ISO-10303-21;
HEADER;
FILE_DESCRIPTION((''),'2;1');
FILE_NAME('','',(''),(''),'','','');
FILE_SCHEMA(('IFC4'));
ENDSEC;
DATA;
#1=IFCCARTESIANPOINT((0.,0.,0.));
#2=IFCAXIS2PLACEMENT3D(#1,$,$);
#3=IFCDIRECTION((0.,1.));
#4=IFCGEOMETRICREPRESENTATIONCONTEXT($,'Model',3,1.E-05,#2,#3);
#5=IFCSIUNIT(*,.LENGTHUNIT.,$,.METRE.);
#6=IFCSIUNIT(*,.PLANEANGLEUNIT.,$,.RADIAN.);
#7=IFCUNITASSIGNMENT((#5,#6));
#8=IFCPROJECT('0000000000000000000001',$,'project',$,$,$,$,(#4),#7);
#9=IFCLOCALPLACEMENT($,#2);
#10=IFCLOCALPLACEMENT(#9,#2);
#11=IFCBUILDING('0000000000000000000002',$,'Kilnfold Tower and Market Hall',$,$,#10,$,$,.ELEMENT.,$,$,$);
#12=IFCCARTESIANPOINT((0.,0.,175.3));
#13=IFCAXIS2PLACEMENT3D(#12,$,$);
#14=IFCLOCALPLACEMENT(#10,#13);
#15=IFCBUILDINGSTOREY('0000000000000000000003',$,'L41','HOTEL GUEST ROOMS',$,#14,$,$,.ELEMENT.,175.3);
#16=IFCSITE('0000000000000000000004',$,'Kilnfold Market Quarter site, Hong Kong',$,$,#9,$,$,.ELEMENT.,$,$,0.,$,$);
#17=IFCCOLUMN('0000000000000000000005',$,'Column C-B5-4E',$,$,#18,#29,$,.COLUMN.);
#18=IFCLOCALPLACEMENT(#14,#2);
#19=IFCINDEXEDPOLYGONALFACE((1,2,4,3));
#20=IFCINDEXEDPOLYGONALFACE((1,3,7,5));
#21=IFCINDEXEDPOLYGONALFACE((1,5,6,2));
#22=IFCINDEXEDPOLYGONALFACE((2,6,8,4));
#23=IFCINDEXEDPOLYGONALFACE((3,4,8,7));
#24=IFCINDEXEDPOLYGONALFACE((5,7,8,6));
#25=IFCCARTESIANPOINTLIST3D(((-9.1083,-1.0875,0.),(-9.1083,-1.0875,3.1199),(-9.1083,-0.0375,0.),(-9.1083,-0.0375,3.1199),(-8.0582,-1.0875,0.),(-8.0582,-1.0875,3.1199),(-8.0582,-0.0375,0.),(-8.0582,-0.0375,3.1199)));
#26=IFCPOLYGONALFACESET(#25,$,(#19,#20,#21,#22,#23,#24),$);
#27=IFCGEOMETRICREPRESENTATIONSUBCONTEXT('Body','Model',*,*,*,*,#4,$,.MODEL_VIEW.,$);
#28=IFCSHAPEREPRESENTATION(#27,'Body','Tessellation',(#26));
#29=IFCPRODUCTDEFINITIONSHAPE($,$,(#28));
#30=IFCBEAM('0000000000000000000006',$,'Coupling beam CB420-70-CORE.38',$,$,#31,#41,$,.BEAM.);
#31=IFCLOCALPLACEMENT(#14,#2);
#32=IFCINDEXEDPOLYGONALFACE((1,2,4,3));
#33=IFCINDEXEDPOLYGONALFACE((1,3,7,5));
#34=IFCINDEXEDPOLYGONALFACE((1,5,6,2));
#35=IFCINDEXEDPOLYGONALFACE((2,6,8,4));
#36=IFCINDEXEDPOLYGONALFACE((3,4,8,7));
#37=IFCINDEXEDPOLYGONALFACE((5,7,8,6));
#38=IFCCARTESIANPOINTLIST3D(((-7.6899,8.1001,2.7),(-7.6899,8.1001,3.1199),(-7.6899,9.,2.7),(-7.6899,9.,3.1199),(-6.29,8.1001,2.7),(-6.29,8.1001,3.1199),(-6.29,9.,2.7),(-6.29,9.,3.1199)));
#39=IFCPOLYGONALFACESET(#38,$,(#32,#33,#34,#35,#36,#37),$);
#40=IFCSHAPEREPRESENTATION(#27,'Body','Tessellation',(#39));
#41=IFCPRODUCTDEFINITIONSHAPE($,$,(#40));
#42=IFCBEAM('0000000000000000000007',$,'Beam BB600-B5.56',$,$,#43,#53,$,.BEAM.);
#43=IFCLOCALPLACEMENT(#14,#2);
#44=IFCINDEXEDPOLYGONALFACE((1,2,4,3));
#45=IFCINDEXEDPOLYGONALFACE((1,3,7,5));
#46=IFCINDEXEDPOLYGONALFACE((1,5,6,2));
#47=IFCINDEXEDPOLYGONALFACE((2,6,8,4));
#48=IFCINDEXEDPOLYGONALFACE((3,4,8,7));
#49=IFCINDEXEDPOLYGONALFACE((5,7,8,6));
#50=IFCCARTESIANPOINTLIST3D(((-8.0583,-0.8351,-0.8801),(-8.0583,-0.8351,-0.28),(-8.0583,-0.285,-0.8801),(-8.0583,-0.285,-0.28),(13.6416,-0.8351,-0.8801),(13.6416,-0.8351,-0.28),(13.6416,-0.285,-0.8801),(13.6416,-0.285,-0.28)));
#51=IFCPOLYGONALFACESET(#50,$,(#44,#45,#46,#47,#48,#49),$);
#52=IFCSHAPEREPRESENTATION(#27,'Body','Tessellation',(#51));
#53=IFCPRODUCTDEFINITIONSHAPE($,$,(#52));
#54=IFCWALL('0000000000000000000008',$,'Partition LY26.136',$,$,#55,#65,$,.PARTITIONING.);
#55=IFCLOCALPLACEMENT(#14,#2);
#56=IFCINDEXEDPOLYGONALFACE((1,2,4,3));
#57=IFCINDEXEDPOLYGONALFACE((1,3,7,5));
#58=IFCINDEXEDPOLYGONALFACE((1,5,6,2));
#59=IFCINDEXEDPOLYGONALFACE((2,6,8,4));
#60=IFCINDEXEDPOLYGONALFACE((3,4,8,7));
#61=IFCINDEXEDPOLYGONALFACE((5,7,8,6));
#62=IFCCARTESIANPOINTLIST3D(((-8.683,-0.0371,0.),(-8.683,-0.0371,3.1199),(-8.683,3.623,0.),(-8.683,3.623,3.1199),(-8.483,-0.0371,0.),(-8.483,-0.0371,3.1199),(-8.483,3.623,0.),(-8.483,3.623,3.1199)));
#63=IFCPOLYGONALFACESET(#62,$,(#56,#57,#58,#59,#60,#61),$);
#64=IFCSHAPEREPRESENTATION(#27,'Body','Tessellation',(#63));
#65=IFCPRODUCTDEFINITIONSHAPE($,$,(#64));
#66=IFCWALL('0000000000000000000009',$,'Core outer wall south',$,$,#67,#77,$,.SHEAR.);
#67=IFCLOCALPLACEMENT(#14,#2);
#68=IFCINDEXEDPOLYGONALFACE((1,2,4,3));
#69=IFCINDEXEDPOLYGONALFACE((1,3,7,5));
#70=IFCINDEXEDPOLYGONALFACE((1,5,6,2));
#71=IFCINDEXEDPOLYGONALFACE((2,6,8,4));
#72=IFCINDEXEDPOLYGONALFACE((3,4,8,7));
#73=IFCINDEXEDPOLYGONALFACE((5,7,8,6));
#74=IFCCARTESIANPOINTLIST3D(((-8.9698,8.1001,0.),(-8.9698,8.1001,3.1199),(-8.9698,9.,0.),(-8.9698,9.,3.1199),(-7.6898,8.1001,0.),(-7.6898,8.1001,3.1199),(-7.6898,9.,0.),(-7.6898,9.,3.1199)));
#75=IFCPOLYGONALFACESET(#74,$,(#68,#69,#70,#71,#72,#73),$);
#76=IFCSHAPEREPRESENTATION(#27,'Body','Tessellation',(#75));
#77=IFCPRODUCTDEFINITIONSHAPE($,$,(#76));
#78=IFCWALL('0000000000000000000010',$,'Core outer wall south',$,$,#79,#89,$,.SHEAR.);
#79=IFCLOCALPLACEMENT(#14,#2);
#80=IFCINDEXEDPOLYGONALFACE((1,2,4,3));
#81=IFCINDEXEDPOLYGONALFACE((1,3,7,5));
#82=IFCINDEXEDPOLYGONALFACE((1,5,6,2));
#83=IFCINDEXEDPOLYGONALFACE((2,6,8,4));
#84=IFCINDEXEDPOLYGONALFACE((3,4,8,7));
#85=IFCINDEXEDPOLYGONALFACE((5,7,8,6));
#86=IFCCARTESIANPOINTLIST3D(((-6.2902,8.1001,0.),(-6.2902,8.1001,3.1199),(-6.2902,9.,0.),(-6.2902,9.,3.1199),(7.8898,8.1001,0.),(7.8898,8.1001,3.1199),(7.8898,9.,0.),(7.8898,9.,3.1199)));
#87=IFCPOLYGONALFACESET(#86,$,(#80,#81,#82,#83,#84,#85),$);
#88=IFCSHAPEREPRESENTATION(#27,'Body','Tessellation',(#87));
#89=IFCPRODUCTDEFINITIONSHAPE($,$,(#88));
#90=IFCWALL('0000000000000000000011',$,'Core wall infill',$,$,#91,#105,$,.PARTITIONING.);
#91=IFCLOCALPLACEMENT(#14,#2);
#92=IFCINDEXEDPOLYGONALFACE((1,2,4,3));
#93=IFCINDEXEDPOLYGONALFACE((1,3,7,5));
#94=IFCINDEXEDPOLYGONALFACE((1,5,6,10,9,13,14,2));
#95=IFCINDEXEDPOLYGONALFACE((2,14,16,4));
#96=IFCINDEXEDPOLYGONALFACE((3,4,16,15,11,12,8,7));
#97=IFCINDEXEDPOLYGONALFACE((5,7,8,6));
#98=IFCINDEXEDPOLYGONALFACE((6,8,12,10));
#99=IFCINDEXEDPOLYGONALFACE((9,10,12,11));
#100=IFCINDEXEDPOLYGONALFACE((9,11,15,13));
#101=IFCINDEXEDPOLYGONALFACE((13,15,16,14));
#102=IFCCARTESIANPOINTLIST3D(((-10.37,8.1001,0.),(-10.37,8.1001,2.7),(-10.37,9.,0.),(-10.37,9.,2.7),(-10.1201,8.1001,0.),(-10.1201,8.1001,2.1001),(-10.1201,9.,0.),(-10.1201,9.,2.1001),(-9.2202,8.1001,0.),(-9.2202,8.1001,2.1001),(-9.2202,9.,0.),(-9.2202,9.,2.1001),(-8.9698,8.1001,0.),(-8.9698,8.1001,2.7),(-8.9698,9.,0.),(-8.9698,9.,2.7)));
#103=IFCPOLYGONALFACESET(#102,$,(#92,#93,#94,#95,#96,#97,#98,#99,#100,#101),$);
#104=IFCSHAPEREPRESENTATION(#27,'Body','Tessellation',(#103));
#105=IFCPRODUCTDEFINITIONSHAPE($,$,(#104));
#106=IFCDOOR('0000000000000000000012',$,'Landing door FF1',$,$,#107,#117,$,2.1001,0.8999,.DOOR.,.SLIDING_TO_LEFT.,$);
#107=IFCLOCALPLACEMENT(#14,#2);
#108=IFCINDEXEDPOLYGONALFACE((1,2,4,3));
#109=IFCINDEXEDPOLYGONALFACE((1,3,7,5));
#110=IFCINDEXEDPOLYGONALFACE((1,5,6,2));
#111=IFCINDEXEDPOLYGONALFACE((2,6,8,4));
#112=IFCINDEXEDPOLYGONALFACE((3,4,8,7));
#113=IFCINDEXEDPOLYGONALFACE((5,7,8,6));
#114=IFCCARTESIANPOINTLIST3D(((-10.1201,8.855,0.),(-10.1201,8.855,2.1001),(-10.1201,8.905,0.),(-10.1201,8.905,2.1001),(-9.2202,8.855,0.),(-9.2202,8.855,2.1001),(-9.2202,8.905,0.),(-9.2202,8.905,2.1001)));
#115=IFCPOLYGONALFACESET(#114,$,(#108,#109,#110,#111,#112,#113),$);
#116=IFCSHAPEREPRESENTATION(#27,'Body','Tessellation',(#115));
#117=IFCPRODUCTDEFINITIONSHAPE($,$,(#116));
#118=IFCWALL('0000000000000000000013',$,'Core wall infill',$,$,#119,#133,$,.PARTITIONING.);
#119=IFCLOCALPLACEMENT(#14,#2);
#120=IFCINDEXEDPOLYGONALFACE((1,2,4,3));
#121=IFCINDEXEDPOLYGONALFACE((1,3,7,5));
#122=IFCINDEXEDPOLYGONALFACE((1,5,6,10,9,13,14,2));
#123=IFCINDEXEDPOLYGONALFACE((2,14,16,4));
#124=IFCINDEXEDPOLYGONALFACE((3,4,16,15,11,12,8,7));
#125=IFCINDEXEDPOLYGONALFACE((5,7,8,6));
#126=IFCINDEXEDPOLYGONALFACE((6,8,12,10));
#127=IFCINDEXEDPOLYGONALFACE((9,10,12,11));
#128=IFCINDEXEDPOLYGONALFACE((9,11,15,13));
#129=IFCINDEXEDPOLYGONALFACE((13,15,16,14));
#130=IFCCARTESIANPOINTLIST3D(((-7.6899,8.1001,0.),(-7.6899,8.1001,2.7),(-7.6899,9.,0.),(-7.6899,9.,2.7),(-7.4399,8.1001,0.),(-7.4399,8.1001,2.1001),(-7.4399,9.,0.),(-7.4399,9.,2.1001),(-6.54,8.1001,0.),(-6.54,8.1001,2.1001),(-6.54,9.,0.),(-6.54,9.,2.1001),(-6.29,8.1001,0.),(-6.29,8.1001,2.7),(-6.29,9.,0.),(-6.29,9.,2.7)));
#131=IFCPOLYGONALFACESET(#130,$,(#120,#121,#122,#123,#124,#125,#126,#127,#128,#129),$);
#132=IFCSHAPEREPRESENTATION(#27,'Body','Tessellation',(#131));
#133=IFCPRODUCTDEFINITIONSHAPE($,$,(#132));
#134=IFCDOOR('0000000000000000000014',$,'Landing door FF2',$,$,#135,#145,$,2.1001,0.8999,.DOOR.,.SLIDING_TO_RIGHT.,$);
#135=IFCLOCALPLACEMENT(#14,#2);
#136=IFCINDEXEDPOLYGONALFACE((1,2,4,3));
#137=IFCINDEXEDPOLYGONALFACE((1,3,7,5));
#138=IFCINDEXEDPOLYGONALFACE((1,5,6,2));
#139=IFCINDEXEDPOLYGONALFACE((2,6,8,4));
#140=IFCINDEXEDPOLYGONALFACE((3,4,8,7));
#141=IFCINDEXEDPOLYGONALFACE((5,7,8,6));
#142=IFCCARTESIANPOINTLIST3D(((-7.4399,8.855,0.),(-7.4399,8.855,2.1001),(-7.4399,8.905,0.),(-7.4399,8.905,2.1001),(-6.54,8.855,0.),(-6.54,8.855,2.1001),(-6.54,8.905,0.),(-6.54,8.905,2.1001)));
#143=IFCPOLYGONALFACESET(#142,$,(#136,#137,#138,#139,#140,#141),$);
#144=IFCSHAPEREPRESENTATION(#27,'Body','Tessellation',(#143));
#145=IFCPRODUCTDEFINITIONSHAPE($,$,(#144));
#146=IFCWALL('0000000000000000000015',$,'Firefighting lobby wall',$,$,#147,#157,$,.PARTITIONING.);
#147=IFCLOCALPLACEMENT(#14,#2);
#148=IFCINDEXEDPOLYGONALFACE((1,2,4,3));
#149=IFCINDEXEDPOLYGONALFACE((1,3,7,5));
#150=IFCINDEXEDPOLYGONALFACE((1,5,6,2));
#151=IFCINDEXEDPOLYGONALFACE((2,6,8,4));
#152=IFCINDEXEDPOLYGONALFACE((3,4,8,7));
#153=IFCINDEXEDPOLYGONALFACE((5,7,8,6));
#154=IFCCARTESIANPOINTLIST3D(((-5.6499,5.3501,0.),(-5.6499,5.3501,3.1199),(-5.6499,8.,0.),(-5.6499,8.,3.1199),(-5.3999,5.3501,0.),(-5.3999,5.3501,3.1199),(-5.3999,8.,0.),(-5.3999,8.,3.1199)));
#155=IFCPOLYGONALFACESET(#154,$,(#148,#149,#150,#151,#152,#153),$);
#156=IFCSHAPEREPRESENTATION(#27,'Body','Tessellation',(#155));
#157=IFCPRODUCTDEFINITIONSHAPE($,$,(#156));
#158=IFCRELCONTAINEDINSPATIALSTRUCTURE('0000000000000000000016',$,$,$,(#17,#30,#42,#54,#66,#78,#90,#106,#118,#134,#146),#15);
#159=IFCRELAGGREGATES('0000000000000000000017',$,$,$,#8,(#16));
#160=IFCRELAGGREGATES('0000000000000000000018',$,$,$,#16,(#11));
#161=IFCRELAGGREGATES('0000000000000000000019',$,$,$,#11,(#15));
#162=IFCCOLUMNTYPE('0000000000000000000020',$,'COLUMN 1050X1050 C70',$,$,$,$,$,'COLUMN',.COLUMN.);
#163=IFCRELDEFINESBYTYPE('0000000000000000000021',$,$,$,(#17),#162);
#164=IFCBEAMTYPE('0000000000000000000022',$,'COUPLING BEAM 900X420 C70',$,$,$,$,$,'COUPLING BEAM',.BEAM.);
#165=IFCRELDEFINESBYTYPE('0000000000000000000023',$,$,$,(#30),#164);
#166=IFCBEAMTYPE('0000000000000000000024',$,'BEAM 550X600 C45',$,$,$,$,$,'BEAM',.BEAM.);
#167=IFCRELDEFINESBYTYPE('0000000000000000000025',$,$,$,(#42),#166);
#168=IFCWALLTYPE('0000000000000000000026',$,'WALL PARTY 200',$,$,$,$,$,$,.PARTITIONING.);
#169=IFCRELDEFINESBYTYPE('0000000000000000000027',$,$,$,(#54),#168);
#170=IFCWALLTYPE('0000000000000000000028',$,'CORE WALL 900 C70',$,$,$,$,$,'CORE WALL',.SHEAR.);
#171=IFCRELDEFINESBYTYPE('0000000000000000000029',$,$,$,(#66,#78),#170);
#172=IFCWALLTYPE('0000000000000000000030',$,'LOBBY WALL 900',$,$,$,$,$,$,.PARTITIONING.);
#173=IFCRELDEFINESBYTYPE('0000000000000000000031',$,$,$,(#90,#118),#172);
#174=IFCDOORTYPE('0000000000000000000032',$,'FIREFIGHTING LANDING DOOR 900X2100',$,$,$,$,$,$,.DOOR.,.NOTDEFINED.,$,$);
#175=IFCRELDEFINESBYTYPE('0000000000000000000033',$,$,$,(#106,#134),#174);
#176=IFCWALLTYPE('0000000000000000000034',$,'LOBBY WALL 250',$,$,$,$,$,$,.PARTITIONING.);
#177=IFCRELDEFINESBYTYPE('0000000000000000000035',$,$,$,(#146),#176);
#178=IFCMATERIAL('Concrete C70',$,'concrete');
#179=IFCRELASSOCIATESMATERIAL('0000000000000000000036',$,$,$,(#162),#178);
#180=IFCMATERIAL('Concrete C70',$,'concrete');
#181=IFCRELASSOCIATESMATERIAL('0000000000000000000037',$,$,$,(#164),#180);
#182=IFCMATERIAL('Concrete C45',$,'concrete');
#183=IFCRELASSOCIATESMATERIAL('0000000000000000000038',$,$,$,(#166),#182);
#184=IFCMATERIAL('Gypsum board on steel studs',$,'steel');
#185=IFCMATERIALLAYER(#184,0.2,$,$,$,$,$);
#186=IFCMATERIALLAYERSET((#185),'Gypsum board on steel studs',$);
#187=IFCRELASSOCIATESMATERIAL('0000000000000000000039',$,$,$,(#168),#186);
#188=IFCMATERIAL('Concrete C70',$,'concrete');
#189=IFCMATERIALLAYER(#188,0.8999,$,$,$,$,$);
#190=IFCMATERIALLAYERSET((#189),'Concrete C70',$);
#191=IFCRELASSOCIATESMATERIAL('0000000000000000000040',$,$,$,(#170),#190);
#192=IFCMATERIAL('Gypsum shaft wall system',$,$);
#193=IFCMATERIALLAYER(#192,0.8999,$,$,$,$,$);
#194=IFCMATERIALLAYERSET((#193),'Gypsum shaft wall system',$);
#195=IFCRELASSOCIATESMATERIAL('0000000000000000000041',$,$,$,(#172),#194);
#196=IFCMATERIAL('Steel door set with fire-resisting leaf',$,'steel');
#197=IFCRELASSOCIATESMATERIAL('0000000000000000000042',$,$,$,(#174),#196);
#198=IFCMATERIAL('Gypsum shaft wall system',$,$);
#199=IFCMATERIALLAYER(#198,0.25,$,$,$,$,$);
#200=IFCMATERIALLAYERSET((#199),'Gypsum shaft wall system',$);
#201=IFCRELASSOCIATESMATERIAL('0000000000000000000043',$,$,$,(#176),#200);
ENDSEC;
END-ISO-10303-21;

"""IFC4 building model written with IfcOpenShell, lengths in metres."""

from ifc_helpers import new_model, si_unit, direction, frame, frame_2d, origin, origin_2d, place, context, subcontext, project, spatial, rectangle, extrude, source, transform, mapped, material, layer, layer_set, material_profile, profile_set, type_object, element, fill, save


model = new_model("IFC4")

# Units and contexts
model_context = context("Model", 3, precision=1e-05, world=origin(), true_north=direction((0.0, 1.0)))
body_context = subcontext(model_context, "Body", "Model", "MODEL_VIEW")
ifc_project = project(units=[si_unit("LENGTHUNIT", "METRE"), si_unit("PLANEANGLEUNIT", "RADIAN")], contexts=[model_context])

# Site, building, storey
site_placement = place(None, origin())
site = spatial("IfcSite", under=ifc_project, at=site_placement, Name="Kilnfold Market Quarter site, Hong Kong", CompositionType="ELEMENT", RefElevation=0.0)
building_placement = place(site_placement, origin())
building = spatial("IfcBuilding", under=site, at=building_placement, Name="Kilnfold Tower and Market Hall", CompositionType="ELEMENT")
storey_placement = place(building_placement, frame((0.0, 0.0, 175.3)))
storey = spatial("IfcBuildingStorey", under=building, at=storey_placement, Name="L41", Description="HOTEL GUEST ROOMS", CompositionType="ELEMENT", Elevation=175.3)

# Column
ifc_material_1 = material(Name="Concrete C70", Category="concrete")
ifc_material_profile_1 = material_profile(ifc_material_1, rectangle(XDim=1.05, YDim=1.05, at=origin_2d()), Name="RC 1050x1050")
ifc_profile_set_1 = profile_set([ifc_material_profile_1], Name="Concrete C70")
column_type = type_object("IfcColumnType", Name="COLUMN 1050X1050 C70", ElementType="COLUMN", PredefinedType="COLUMN", material=ifc_profile_set_1)
shared_shape_1 = source(origin(), body_context, "Body", "SweptSolid", [
    extrude(rectangle(XDim=1.05, YDim=1.05, at=origin_2d()), origin(), (0.0, 0.0, 1.0), 3.1199),
])
column_placement = place(storey_placement, frame((-8.5833, -0.5625, 0.0), z_axis=(0.0, 0.0, 1.0), x_axis=(1.0, 0.0, 0.0)))
element("IfcColumn", 1, at=column_placement, inside=storey, type_object=column_type, Name="Column C-B5-4E", PredefinedType="COLUMN", context=body_context, shape_type="MappedRepresentation", body=[
    mapped(shared_shape_1, transform((0.0, 0.0, 0.0))),
])

# Beams
ifc_material_2 = material(Name="Concrete C70", Category="concrete")
ifc_material_profile_2 = material_profile(ifc_material_2, rectangle(XDim=0.8999, YDim=0.4199, at=origin_2d()), Name="RC 900x420")
ifc_profile_set_2 = profile_set([ifc_material_profile_2], Name="Concrete C70")
beam_type_1 = type_object("IfcBeamType", Name="COUPLING BEAM 900X420 C70", ElementType="COUPLING BEAM", PredefinedType="BEAM", material=ifc_profile_set_2)
shared_shape_2 = source(origin(), body_context, "Body", "SweptSolid", [
    extrude(rectangle(XDim=0.8999, YDim=0.4199, at=origin_2d()), origin(), (0.0, 0.0, 1.0), 1.3999),
])
beam_1_placement = place(storey_placement, frame((-7.6899, 8.55, 2.9099), z_axis=(1.0, 0.0, 0.0), x_axis=(0.0, 1.0, 0.0)))
element("IfcBeam", 2, at=beam_1_placement, inside=storey, type_object=beam_type_1, Name="Coupling beam CB420-70-CORE.38", PredefinedType="BEAM", context=body_context, shape_type="MappedRepresentation", body=[
    mapped(shared_shape_2, transform((0.0, 0.0, 0.0))),
])
ifc_material_3 = material(Name="Concrete C45", Category="concrete")
ifc_material_profile_3 = material_profile(ifc_material_3, rectangle(XDim=0.55, YDim=0.6001, at=origin_2d()), Name="RC 550x600")
ifc_profile_set_3 = profile_set([ifc_material_profile_3], Name="Concrete C45")
beam_type_2 = type_object("IfcBeamType", Name="BEAM 550X600 C45", ElementType="BEAM", PredefinedType="BEAM", material=ifc_profile_set_3)
shared_shape_3 = source(origin(), body_context, "Body", "SweptSolid", [
    extrude(rectangle(XDim=0.55, YDim=0.6001, at=origin_2d()), origin(), (0.0, 0.0, 1.0), 21.7),
])
beam_2_placement = place(storey_placement, frame((-8.0583, -0.5601, -0.5801), z_axis=(1.0, 0.0, 0.0), x_axis=(0.0, 1.0, 0.0)))
element("IfcBeam", 3, at=beam_2_placement, inside=storey, type_object=beam_type_2, Name="Beam BB600-B5.56", PredefinedType="BEAM", context=body_context, shape_type="MappedRepresentation", body=[
    mapped(shared_shape_3, transform((0.0, 0.0, 0.0))),
])

# Walls
ifc_material_4 = material(Name="Gypsum board on steel studs", Category="steel")
ifc_layer_1 = layer(ifc_material_4, 0.2)
ifc_layer_set_1 = layer_set([ifc_layer_1], Name="Gypsum board on steel studs")
wall_type_1 = type_object("IfcWallType", Name="WALL PARTY 200", PredefinedType="PARTITIONING", material=ifc_layer_set_1)
wall_1_placement = place(storey_placement, frame((-8.583, -0.0371, 0.0), z_axis=(0.0, 0.0, 1.0), x_axis=(0.0, 1.0, 0.0)))
element("IfcWall", 4, at=wall_1_placement, inside=storey, type_object=wall_type_1, Name="Partition LY26.136", PredefinedType="PARTITIONING", context=body_context, shape_type="SweptSolid", body=[
    extrude(rectangle(XDim=3.6602, YDim=0.2, at=frame_2d((1.8301, 0.0))), origin(), (0.0, 0.0, 1.0), 3.1199),
])
ifc_material_5 = material(Name="Concrete C70", Category="concrete")
ifc_layer_2 = layer(ifc_material_5, 0.8999)
ifc_layer_set_2 = layer_set([ifc_layer_2], Name="Concrete C70")
wall_type_2 = type_object("IfcWallType", Name="CORE WALL 900 C70", ElementType="CORE WALL", PredefinedType="SHEAR", material=ifc_layer_set_2)
shared_shape_4 = source(origin(), body_context, "Body", "SweptSolid", [
    extrude(rectangle(XDim=1.28, YDim=0.8999, at=frame_2d((0.6401, 0.0))), origin(), (0.0, 0.0, 1.0), 3.1199),
])
wall_2_placement = place(storey_placement, frame((-8.97, 8.55, 0.0), z_axis=(0.0, 0.0, 1.0), x_axis=(1.0, 0.0, 0.0)))
element("IfcWall", 5, at=wall_2_placement, inside=storey, type_object=wall_type_2, Name="Core outer wall south", PredefinedType="SHEAR", context=body_context, shape_type="MappedRepresentation", body=[
    mapped(shared_shape_4, transform((0.0, 0.0, 0.0))),
])
shared_shape_5 = source(origin(), body_context, "Body", "SweptSolid", [
    extrude(rectangle(XDim=14.1799, YDim=0.8999, at=frame_2d((7.0898, 0.0))), origin(), (0.0, 0.0, 1.0), 3.1199),
])
wall_3_placement = place(storey_placement, frame((-6.29, 8.55, 0.0), z_axis=(0.0, 0.0, 1.0), x_axis=(1.0, 0.0, 0.0)))
element("IfcWall", 6, at=wall_3_placement, inside=storey, type_object=wall_type_2, Name="Core outer wall south", PredefinedType="SHEAR", context=body_context, shape_type="MappedRepresentation", body=[
    mapped(shared_shape_5, transform((0.0, 0.0, 0.0))),
])

# Walls, openings, doors
ifc_material_6 = material(Name="Gypsum shaft wall system")
ifc_layer_3 = layer(ifc_material_6, 0.8999)
ifc_layer_set_3 = layer_set([ifc_layer_3], Name="Gypsum shaft wall system")
wall_type_3 = type_object("IfcWallType", Name="LOBBY WALL 900", PredefinedType="PARTITIONING", material=ifc_layer_set_3)
shared_shape_6 = source(origin(), body_context, "Body", "SweptSolid", [
    extrude(rectangle(XDim=1.4001, YDim=0.8999, at=frame_2d((0.7002, 0.0))), origin(), (0.0, 0.0, 1.0), 2.7),
])
wall_4_placement = place(storey_placement, frame((-10.3701, 8.55, 0.0), z_axis=(0.0, 0.0, 1.0), x_axis=(1.0, 0.0, 0.0)))
wall_4 = element("IfcWall", 7, at=wall_4_placement, inside=storey, type_object=wall_type_3, Name="Core wall infill", PredefinedType="PARTITIONING", context=body_context, shape_type="MappedRepresentation", body=[
    mapped(shared_shape_6, transform((0.0, 0.0, 0.0))),
])
opening_1_placement = place(wall_4_placement, frame((0.25, 0.0, 0.0)))
opening_1 = element("IfcOpeningElement", 8, at=opening_1_placement, cuts=wall_4, PredefinedType="OPENING", context=body_context, shape_type="SweptSolid", body=[
    extrude(rectangle(XDim=0.8999, YDim=2.1001, at=frame_2d((0.45, 1.05))), frame((0.0, 0.46, 0.0), z_axis=(0.0, -1.0, 0.0), x_axis=(1.0, 0.0, 0.0)), (0.0, 0.0, 1.0), 0.9199),
])
ifc_material_7 = material(Name="Steel door set with fire-resisting leaf", Category="steel")
door_type = type_object("IfcDoorType", Name="FIREFIGHTING LANDING DOOR 900X2100", OperationType="NOTDEFINED", PredefinedType="DOOR", material=ifc_material_7)
door_1_placement = place(opening_1_placement, origin())
door_1 = element("IfcDoor", 9, at=door_1_placement, inside=storey, type_object=door_type, Name="Landing door FF1", OperationType="SLIDING_TO_LEFT", OverallHeight=2.1001, OverallWidth=0.8999, PredefinedType="DOOR", context=body_context, shape_type="SweptSolid", body=[
    extrude(rectangle(XDim=0.8999, YDim=2.1001, at=frame_2d((0.45, 1.05))), frame((0.0, 0.355, 0.0), z_axis=(0.0, -1.0, 0.0), x_axis=(1.0, 0.0, 0.0)), (0.0, 0.0, 1.0), 0.05),
])
fill(opening_1, door_1)
shared_shape_7 = source(origin(), body_context, "Body", "SweptSolid", [
    extrude(rectangle(XDim=1.3999, YDim=0.8999, at=frame_2d((0.7, 0.0))), origin(), (0.0, 0.0, 1.0), 2.7),
])
wall_5_placement = place(storey_placement, frame((-7.6899, 8.55, 0.0), z_axis=(0.0, 0.0, 1.0), x_axis=(1.0, 0.0, 0.0)))
wall_5 = element("IfcWall", 10, at=wall_5_placement, inside=storey, type_object=wall_type_3, Name="Core wall infill", PredefinedType="PARTITIONING", context=body_context, shape_type="MappedRepresentation", body=[
    mapped(shared_shape_7, transform((0.0, 0.0, 0.0))),
])
opening_2_placement = place(wall_5_placement, frame((0.25, 0.0, 0.0)))
opening_2 = element("IfcOpeningElement", 11, at=opening_2_placement, cuts=wall_5, PredefinedType="OPENING", context=body_context, shape_type="SweptSolid", body=[
    extrude(rectangle(XDim=0.8999, YDim=2.1001, at=frame_2d((0.45, 1.05))), frame((0.0, 0.46, 0.0), z_axis=(0.0, -1.0, 0.0), x_axis=(1.0, 0.0, 0.0)), (0.0, 0.0, 1.0), 0.9199),
])
door_2_placement = place(opening_2_placement, origin())
door_2 = element("IfcDoor", 12, at=door_2_placement, inside=storey, type_object=door_type, Name="Landing door FF2", OperationType="SLIDING_TO_RIGHT", OverallHeight=2.1001, OverallWidth=0.8999, PredefinedType="DOOR", context=body_context, shape_type="SweptSolid", body=[
    extrude(rectangle(XDim=0.8999, YDim=2.1001, at=frame_2d((0.45, 1.05))), frame((0.0, 0.355, 0.0), z_axis=(0.0, -1.0, 0.0), x_axis=(1.0, 0.0, 0.0)), (0.0, 0.0, 1.0), 0.05),
])
fill(opening_2, door_2)

# Wall
ifc_material_8 = material(Name="Gypsum shaft wall system")
ifc_layer_4 = layer(ifc_material_8, 0.25)
ifc_layer_set_4 = layer_set([ifc_layer_4], Name="Gypsum shaft wall system")
wall_type_4 = type_object("IfcWallType", Name="LOBBY WALL 250", PredefinedType="PARTITIONING", material=ifc_layer_set_4)
shared_shape_8 = source(origin(), body_context, "Body", "SweptSolid", [
    extrude(rectangle(XDim=2.6499, YDim=0.25, at=frame_2d((1.325, 0.0))), origin(), (0.0, 0.0, 1.0), 3.1199),
])
wall_6_placement = place(storey_placement, frame((-5.5249, 5.3501, 0.0), z_axis=(0.0, 0.0, 1.0), x_axis=(0.0, 1.0, 0.0)))
element("IfcWall", 13, at=wall_6_placement, inside=storey, type_object=wall_type_4, Name="Firefighting lobby wall", PredefinedType="PARTITIONING", context=body_context, shape_type="MappedRepresentation", body=[
    mapped(shared_shape_8, transform((0.0, 0.0, 0.0))),
])

save(model, "model.ifc")
